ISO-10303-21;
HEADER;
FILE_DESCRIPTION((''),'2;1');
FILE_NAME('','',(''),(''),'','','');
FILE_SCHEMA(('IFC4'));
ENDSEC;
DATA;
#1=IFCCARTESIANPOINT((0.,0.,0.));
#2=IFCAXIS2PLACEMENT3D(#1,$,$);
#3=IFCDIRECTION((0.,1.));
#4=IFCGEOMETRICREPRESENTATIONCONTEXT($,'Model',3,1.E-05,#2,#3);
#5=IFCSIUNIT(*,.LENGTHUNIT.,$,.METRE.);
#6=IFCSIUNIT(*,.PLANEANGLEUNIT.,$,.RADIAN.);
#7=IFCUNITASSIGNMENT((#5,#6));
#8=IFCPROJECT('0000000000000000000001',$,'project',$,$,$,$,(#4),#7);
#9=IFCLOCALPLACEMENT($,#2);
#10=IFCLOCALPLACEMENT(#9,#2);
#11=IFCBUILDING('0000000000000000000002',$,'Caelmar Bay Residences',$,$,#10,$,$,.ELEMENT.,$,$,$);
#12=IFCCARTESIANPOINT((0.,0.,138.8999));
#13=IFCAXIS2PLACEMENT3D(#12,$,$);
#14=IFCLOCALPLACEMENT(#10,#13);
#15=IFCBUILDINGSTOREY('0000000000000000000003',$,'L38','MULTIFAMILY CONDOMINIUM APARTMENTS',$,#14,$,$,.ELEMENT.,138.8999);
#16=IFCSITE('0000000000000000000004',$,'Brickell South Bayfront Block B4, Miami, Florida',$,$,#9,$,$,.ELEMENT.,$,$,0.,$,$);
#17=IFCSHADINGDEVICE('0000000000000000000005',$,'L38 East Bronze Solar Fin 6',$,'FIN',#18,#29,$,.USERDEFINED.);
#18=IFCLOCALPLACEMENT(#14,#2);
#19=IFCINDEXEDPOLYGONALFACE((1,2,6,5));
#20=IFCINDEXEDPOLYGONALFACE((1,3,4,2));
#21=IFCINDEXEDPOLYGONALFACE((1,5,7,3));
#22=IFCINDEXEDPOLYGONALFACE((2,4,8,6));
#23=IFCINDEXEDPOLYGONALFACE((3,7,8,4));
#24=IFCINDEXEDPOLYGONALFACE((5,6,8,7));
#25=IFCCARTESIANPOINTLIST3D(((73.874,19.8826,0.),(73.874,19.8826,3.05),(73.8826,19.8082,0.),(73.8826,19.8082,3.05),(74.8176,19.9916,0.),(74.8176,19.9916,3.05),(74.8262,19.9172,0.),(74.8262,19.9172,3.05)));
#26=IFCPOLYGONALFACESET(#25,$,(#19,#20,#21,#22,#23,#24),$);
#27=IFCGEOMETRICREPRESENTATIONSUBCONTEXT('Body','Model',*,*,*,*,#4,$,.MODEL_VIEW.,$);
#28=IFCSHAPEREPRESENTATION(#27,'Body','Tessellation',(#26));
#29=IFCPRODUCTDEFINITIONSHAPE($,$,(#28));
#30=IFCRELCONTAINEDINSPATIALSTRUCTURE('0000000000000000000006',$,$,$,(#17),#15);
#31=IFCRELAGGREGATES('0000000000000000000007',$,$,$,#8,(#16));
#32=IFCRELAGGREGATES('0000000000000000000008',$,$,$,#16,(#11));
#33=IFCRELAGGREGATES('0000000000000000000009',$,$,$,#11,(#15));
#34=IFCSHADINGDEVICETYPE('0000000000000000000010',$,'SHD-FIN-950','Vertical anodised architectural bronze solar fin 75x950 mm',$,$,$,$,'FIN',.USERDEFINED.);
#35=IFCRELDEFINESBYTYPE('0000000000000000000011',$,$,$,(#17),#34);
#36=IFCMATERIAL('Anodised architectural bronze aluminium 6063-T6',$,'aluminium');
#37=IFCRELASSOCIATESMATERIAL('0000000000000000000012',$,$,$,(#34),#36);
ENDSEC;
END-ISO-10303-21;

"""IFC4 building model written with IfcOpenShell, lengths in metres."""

from ifc_helpers import new_model, si_unit, direction, frame, origin, origin_2d, place, context, subcontext, project, spatial, rectangle, extrude, material, material_profile, profile_set, type_object, element, save


model = new_model("IFC4")

# Units and contexts
model_context = context("Model", 3, precision=1e-05, world=origin(), true_north=direction((0.0, 1.0)))
body_context = subcontext(model_context, "Body", "Model", "MODEL_VIEW")
ifc_project = project(units=[si_unit("LENGTHUNIT", "METRE"), si_unit("PLANEANGLEUNIT", "RADIAN")], contexts=[model_context])

# Site, building, storey
site_placement = place(None, origin())
site = spatial("IfcSite", under=ifc_project, at=site_placement, Name="Brickell South Bayfront Block B4, Miami, Florida", CompositionType="ELEMENT", RefElevation=0.0)
building_placement = place(site_placement, origin())
building = spatial("IfcBuilding", under=site, at=building_placement, Name="Caelmar Bay Residences", CompositionType="ELEMENT")
storey_placement = place(building_placement, frame((0.0, 0.0, 138.8999)))
storey = spatial("IfcBuildingStorey", under=building, at=storey_placement, Name="L38", Description="MULTIFAMILY CONDOMINIUM APARTMENTS", CompositionType="ELEMENT", Elevation=138.8999)

# Shading device
ifc_material_1 = material(Name="Anodised architectural bronze aluminium 6063-T6", Category="aluminium")
ifc_material_profile_1 = material_profile(ifc_material_1, rectangle(XDim=0.075, YDim=0.95, at=origin_2d()), Name="BRONZE-FIN-75X950")
ifc_profile_set_1 = profile_set([ifc_material_profile_1], Name="Anodised architectural bronze aluminium 6063-T6")
shading_device_type = type_object("IfcShadingDeviceType", Name="SHD-FIN-950", Description="Vertical anodised architectural bronze solar fin 75x950 mm", ElementType="FIN", PredefinedType="USERDEFINED", material=ifc_profile_set_1)
for number, where, z_axis, x_axis, name in (
    (1, (74.3501, 19.8999, 0.0), (0.0, 0.0, 1.0), (-0.114764, 0.993393, 0.0), "L38 East Bronze Solar Fin 6"),
):
    element("IfcShadingDevice", number, at=place(storey_placement, frame(where, z_axis=z_axis, x_axis=x_axis)), inside=storey, type_object=shading_device_type, Name=name, ObjectType="FIN", PredefinedType="USERDEFINED", context=body_context, shape_type="SweptSolid", body=[
        extrude(rectangle(XDim=0.075, YDim=0.95, at=origin_2d()), origin(), (0.0, 0.0, 1.0), 3.05),
    ])

save(model, "model.ifc")
